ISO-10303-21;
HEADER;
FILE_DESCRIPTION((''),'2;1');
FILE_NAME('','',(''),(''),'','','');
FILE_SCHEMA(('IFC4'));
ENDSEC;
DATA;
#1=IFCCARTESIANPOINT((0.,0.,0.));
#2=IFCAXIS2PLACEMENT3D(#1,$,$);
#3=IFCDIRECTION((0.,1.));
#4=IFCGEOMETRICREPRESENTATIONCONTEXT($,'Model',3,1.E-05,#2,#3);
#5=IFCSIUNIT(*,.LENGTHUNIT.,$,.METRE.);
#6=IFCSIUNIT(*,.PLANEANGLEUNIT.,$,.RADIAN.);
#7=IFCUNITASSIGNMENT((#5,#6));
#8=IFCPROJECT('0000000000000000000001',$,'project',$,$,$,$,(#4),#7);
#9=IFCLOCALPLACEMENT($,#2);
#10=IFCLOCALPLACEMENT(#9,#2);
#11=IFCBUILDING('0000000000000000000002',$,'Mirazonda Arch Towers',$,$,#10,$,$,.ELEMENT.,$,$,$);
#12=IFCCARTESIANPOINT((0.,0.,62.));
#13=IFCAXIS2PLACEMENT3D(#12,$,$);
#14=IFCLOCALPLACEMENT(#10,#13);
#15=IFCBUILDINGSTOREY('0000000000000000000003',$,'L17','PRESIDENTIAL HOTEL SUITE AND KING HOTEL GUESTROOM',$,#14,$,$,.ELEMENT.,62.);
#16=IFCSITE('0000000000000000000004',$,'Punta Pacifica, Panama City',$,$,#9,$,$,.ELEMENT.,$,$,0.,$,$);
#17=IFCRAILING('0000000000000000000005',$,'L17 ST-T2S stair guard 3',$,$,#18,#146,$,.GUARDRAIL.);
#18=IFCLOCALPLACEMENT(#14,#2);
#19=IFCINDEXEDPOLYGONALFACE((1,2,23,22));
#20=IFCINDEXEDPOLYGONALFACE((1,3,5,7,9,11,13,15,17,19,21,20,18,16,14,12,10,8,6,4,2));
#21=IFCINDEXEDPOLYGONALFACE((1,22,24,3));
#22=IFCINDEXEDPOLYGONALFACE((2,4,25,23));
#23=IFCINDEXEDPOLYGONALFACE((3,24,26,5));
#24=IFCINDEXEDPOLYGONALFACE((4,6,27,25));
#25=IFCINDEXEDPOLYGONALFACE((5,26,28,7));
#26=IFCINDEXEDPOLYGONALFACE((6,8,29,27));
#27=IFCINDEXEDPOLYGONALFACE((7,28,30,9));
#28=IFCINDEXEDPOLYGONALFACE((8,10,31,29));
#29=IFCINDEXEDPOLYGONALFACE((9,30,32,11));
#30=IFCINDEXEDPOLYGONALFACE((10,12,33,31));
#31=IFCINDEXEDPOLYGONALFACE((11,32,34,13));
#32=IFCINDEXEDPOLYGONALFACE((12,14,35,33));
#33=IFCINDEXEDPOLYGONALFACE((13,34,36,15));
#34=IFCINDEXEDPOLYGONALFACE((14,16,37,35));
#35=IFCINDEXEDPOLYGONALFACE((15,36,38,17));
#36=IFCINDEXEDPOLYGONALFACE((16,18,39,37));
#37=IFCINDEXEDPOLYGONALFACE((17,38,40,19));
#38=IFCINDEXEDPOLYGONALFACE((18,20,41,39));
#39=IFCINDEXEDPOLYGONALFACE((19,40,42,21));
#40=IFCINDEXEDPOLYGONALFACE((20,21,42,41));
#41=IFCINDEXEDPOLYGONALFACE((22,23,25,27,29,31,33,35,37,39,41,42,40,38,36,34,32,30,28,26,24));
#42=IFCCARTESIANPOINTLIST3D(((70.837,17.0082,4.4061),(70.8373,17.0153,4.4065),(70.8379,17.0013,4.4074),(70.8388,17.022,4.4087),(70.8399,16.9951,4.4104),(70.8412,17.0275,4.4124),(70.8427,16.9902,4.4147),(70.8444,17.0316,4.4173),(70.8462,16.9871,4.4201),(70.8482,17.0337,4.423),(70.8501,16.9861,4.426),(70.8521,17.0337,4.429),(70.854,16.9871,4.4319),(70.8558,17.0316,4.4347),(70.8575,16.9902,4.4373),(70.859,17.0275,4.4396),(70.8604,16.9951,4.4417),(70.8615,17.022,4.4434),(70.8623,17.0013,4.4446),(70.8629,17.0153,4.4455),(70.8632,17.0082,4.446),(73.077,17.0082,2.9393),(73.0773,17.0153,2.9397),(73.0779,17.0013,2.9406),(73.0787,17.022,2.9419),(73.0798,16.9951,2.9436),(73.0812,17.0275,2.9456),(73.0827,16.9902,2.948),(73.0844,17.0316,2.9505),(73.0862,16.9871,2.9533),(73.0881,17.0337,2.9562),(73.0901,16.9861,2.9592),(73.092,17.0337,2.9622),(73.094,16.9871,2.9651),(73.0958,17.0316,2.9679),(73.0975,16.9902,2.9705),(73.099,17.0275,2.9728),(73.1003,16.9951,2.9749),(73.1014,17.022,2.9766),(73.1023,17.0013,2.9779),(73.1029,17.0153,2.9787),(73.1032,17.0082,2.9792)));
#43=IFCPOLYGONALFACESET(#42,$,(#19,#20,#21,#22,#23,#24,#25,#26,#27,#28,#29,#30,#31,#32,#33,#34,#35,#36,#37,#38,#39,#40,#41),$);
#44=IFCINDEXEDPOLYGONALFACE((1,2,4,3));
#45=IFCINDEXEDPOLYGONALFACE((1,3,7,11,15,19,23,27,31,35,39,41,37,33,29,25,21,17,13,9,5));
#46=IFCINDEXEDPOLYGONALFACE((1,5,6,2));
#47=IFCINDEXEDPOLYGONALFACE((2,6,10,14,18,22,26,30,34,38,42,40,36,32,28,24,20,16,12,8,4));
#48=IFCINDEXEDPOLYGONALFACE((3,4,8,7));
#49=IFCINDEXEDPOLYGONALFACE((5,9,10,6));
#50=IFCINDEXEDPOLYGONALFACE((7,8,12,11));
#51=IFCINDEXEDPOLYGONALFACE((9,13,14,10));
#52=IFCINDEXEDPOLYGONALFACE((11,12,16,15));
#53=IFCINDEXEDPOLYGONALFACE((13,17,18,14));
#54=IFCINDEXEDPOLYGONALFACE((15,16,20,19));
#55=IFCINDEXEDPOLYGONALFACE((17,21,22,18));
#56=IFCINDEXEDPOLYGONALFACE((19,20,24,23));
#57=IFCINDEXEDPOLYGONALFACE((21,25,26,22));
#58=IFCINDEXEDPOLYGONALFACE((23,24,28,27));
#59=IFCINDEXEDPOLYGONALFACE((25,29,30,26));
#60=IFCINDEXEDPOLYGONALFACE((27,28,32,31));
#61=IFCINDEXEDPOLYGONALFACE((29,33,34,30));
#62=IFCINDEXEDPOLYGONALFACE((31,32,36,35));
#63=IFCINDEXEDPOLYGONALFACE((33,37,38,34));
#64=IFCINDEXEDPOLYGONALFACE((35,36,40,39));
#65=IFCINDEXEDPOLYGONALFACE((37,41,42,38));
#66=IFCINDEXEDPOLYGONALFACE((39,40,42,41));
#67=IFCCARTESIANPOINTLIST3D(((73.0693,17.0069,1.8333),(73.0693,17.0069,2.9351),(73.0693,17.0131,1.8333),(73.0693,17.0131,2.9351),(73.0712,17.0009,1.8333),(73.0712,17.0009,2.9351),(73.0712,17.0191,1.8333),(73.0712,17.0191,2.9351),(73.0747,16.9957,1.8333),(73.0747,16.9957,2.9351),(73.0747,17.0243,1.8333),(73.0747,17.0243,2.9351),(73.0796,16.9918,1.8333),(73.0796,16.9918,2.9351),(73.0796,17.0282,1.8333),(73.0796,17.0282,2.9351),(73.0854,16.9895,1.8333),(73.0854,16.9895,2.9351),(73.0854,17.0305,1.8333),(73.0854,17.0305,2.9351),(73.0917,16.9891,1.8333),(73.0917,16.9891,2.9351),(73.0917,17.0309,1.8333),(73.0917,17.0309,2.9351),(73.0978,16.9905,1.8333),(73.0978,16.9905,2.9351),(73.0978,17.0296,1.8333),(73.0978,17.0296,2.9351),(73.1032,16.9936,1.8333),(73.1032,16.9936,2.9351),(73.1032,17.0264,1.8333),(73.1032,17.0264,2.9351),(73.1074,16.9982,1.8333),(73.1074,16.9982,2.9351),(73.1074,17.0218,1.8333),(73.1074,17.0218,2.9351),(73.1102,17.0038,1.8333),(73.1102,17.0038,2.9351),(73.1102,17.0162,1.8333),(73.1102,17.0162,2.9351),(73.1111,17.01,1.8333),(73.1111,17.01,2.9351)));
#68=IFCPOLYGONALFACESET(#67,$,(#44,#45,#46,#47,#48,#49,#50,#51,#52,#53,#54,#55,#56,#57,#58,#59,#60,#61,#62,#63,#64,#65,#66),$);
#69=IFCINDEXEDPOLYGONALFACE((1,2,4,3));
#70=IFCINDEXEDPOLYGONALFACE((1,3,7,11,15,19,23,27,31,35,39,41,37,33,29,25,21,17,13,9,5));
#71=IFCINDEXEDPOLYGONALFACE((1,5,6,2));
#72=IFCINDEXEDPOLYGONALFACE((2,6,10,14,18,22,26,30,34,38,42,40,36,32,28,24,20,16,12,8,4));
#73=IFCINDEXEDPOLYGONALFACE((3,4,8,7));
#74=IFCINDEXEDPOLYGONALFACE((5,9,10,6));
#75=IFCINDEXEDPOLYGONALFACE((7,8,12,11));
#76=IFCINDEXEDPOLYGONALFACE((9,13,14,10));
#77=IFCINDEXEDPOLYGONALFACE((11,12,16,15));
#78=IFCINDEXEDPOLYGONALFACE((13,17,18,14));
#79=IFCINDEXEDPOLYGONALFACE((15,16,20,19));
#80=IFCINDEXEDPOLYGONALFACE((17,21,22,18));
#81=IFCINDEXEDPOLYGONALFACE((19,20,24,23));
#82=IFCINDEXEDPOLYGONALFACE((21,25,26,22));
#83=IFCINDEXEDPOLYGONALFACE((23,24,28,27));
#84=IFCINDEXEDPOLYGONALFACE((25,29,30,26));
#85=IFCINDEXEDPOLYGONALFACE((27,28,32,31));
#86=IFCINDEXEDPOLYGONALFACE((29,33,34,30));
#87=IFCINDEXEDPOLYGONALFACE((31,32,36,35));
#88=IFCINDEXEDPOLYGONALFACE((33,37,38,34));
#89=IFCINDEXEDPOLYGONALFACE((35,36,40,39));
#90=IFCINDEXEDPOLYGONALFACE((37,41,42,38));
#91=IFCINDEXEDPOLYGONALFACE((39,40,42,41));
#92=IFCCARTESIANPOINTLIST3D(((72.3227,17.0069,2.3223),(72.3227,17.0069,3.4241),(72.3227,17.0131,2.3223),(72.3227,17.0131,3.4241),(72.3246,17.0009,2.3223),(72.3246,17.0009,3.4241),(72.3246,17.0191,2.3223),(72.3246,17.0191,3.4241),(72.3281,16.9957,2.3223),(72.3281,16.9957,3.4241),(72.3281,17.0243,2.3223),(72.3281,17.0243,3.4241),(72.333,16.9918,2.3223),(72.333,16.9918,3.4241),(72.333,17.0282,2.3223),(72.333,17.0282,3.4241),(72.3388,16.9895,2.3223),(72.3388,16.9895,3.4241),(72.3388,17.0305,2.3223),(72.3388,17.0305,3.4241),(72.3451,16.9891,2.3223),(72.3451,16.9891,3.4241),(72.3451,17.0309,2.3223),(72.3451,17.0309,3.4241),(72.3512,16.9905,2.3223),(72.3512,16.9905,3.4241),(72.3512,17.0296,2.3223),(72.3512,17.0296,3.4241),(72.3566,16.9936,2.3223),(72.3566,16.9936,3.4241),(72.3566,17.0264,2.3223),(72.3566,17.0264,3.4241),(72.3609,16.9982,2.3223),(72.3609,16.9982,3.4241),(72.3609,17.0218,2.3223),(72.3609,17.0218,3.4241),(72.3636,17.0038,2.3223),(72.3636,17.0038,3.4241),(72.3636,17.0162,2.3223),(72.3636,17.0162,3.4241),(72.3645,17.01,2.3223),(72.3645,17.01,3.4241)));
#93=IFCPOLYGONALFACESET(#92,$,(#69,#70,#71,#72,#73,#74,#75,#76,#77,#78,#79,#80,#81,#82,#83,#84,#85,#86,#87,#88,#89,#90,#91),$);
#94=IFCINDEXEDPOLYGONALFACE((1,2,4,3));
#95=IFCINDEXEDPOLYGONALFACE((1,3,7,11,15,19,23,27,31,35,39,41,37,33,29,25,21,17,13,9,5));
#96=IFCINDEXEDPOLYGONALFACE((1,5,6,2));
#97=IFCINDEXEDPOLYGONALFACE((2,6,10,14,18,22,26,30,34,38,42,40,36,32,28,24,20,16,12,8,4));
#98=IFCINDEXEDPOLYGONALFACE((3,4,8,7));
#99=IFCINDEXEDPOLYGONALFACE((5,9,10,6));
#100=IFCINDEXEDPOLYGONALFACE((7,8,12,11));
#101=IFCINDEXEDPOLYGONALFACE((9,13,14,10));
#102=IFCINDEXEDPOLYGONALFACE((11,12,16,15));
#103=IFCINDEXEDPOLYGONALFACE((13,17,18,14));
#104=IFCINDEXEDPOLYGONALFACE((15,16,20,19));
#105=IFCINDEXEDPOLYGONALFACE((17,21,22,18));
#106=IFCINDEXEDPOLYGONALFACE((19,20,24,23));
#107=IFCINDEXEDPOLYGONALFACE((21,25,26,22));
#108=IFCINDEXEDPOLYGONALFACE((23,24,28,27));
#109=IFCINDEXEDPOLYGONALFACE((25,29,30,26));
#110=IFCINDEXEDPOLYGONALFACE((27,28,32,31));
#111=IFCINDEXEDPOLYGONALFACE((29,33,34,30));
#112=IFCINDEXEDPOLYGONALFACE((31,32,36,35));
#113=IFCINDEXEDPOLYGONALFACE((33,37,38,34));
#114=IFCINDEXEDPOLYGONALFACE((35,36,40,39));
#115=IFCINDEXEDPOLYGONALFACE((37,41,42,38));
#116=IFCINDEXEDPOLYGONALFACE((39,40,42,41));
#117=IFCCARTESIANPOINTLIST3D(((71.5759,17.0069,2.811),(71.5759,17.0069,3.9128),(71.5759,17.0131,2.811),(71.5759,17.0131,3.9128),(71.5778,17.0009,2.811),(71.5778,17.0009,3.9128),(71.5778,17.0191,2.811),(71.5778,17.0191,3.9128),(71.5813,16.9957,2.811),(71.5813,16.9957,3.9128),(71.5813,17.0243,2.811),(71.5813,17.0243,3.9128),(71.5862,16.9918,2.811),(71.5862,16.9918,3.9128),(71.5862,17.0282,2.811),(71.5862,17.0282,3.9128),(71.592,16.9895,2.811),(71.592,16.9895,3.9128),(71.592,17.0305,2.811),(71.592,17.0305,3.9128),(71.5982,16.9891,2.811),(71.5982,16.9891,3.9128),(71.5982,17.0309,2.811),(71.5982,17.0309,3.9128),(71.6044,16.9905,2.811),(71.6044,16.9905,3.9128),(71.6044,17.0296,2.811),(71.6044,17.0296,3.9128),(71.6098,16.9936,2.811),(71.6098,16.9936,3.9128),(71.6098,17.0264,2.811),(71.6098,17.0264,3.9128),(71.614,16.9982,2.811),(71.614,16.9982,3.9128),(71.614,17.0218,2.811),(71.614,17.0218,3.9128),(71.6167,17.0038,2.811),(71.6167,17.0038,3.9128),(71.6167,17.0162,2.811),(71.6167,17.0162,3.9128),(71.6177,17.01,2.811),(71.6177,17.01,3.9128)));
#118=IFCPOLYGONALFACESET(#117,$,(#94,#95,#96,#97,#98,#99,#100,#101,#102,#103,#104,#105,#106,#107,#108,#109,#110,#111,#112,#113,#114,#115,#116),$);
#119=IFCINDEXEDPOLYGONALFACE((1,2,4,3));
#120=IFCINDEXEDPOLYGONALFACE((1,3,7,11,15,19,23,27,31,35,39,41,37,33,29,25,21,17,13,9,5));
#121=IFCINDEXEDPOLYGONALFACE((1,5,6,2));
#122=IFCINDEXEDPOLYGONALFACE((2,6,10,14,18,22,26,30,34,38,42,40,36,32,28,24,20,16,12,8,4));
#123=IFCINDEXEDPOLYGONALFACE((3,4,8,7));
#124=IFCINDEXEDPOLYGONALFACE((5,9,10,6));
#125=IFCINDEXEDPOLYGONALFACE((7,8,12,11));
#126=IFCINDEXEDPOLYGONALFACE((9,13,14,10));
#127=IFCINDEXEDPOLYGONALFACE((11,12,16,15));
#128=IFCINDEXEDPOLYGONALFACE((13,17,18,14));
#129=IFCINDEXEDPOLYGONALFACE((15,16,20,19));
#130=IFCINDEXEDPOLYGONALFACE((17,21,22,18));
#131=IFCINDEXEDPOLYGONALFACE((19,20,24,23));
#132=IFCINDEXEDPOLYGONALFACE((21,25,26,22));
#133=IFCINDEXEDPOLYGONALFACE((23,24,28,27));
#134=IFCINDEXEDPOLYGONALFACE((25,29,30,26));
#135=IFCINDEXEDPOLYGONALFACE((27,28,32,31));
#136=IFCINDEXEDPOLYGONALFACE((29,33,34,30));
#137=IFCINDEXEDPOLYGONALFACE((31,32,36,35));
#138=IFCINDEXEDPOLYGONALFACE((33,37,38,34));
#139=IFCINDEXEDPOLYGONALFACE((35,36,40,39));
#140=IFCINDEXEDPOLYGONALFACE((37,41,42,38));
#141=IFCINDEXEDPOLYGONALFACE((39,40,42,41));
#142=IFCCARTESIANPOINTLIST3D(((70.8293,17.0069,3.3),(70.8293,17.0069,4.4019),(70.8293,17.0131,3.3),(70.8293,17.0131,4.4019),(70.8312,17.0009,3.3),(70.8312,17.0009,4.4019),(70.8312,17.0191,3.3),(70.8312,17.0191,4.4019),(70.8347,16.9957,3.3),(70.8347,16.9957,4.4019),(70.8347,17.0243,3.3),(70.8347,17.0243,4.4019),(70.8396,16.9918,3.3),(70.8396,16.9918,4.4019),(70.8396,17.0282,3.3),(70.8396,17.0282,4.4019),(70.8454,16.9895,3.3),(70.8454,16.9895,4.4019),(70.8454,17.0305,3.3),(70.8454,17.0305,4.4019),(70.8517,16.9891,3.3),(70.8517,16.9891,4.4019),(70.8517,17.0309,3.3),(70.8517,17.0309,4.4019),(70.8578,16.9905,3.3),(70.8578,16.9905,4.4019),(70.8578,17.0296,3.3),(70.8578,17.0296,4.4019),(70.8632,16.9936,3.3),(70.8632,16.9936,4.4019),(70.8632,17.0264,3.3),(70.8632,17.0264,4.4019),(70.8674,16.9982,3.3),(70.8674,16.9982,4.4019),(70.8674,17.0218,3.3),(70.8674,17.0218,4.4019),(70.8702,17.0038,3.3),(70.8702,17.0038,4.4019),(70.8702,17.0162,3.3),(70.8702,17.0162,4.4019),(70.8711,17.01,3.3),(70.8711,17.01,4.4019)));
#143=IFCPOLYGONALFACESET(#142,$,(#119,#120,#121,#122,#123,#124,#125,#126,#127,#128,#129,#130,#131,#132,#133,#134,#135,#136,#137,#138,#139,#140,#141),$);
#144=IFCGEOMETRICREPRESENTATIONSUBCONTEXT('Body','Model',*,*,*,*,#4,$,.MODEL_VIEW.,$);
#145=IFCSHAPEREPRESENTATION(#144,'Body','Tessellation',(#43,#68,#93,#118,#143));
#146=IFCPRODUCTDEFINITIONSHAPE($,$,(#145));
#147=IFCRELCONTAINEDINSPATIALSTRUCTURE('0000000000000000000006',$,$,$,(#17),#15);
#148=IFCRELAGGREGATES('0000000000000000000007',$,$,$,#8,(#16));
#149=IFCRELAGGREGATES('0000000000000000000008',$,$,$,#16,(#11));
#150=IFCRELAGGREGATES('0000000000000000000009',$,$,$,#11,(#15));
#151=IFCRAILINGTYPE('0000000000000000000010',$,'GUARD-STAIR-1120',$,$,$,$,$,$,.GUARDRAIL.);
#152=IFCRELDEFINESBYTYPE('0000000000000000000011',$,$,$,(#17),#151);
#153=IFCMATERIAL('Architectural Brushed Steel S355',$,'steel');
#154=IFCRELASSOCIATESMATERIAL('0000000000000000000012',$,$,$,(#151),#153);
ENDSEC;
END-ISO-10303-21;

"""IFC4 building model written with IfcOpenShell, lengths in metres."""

from ifc_helpers import new_model, si_unit, direction, frame, origin, origin_2d, place, context, subcontext, project, spatial, circle, extrude, material, type_object, element, save


model = new_model("IFC4")

# Units and contexts
model_context = context("Model", 3, precision=1e-05, world=origin(), true_north=direction((0.0, 1.0)))
body_context = subcontext(model_context, "Body", "Model", "MODEL_VIEW")
ifc_project = project(units=[si_unit("LENGTHUNIT", "METRE"), si_unit("PLANEANGLEUNIT", "RADIAN")], contexts=[model_context])

# Site, building, storey
site_placement = place(None, origin())
site = spatial("IfcSite", under=ifc_project, at=site_placement, Name="Punta Pacifica, Panama City", CompositionType="ELEMENT", RefElevation=0.0)
building_placement = place(site_placement, origin())
building = spatial("IfcBuilding", under=site, at=building_placement, Name="Mirazonda Arch Towers", CompositionType="ELEMENT")
storey_placement = place(building_placement, frame((0.0, 0.0, 62.0)))
storey = spatial("IfcBuildingStorey", under=building, at=storey_placement, Name="L17", Description="PRESIDENTIAL HOTEL SUITE AND KING HOTEL GUESTROOM", CompositionType="ELEMENT", Elevation=62.0)

# Railing
ifc_material_1 = material(Name="Architectural Brushed Steel S355", Category="steel")
railing_type_1 = type_object("IfcRailingType", Name="GUARD-STAIR-1120", PredefinedType="GUARDRAIL", material=ifc_material_1)
railing_1_placement = place(storey_placement, frame((73.0901, 17.01, 1.8333)))
element("IfcRailing", 1, at=railing_1_placement, inside=storey, type_object=railing_type_1, Name="L17 ST-T2S stair guard 3", PredefinedType="GUARDRAIL", context=body_context, shape_type="SweptSolid", body=[
    extrude(circle(Radius=0.0239, at=origin_2d()), frame((0.0, 0.0, 1.126), z_axis=(-0.836595, 0.0, 0.547822), x_axis=(0.0, -1.0, 0.0)), (0.0, 0.0, 1.0), 2.6775),
    extrude(circle(Radius=0.021, at=origin_2d()), origin(), (0.0, 0.0, 1.0), 1.1018),
    extrude(circle(Radius=0.021, at=origin_2d()), frame((-0.7466, 0.0, 0.489)), (0.0, 0.0, 1.0), 1.1018),
    extrude(circle(Radius=0.021, at=origin_2d()), frame((-1.4934, 0.0, 0.9778)), (0.0, 0.0, 1.0), 1.1018),
    extrude(circle(Radius=0.021, at=origin_2d()), frame((-2.24, 0.0, 1.4668)), (0.0, 0.0, 1.0), 1.1018),
])

save(model, "model.ifc")
